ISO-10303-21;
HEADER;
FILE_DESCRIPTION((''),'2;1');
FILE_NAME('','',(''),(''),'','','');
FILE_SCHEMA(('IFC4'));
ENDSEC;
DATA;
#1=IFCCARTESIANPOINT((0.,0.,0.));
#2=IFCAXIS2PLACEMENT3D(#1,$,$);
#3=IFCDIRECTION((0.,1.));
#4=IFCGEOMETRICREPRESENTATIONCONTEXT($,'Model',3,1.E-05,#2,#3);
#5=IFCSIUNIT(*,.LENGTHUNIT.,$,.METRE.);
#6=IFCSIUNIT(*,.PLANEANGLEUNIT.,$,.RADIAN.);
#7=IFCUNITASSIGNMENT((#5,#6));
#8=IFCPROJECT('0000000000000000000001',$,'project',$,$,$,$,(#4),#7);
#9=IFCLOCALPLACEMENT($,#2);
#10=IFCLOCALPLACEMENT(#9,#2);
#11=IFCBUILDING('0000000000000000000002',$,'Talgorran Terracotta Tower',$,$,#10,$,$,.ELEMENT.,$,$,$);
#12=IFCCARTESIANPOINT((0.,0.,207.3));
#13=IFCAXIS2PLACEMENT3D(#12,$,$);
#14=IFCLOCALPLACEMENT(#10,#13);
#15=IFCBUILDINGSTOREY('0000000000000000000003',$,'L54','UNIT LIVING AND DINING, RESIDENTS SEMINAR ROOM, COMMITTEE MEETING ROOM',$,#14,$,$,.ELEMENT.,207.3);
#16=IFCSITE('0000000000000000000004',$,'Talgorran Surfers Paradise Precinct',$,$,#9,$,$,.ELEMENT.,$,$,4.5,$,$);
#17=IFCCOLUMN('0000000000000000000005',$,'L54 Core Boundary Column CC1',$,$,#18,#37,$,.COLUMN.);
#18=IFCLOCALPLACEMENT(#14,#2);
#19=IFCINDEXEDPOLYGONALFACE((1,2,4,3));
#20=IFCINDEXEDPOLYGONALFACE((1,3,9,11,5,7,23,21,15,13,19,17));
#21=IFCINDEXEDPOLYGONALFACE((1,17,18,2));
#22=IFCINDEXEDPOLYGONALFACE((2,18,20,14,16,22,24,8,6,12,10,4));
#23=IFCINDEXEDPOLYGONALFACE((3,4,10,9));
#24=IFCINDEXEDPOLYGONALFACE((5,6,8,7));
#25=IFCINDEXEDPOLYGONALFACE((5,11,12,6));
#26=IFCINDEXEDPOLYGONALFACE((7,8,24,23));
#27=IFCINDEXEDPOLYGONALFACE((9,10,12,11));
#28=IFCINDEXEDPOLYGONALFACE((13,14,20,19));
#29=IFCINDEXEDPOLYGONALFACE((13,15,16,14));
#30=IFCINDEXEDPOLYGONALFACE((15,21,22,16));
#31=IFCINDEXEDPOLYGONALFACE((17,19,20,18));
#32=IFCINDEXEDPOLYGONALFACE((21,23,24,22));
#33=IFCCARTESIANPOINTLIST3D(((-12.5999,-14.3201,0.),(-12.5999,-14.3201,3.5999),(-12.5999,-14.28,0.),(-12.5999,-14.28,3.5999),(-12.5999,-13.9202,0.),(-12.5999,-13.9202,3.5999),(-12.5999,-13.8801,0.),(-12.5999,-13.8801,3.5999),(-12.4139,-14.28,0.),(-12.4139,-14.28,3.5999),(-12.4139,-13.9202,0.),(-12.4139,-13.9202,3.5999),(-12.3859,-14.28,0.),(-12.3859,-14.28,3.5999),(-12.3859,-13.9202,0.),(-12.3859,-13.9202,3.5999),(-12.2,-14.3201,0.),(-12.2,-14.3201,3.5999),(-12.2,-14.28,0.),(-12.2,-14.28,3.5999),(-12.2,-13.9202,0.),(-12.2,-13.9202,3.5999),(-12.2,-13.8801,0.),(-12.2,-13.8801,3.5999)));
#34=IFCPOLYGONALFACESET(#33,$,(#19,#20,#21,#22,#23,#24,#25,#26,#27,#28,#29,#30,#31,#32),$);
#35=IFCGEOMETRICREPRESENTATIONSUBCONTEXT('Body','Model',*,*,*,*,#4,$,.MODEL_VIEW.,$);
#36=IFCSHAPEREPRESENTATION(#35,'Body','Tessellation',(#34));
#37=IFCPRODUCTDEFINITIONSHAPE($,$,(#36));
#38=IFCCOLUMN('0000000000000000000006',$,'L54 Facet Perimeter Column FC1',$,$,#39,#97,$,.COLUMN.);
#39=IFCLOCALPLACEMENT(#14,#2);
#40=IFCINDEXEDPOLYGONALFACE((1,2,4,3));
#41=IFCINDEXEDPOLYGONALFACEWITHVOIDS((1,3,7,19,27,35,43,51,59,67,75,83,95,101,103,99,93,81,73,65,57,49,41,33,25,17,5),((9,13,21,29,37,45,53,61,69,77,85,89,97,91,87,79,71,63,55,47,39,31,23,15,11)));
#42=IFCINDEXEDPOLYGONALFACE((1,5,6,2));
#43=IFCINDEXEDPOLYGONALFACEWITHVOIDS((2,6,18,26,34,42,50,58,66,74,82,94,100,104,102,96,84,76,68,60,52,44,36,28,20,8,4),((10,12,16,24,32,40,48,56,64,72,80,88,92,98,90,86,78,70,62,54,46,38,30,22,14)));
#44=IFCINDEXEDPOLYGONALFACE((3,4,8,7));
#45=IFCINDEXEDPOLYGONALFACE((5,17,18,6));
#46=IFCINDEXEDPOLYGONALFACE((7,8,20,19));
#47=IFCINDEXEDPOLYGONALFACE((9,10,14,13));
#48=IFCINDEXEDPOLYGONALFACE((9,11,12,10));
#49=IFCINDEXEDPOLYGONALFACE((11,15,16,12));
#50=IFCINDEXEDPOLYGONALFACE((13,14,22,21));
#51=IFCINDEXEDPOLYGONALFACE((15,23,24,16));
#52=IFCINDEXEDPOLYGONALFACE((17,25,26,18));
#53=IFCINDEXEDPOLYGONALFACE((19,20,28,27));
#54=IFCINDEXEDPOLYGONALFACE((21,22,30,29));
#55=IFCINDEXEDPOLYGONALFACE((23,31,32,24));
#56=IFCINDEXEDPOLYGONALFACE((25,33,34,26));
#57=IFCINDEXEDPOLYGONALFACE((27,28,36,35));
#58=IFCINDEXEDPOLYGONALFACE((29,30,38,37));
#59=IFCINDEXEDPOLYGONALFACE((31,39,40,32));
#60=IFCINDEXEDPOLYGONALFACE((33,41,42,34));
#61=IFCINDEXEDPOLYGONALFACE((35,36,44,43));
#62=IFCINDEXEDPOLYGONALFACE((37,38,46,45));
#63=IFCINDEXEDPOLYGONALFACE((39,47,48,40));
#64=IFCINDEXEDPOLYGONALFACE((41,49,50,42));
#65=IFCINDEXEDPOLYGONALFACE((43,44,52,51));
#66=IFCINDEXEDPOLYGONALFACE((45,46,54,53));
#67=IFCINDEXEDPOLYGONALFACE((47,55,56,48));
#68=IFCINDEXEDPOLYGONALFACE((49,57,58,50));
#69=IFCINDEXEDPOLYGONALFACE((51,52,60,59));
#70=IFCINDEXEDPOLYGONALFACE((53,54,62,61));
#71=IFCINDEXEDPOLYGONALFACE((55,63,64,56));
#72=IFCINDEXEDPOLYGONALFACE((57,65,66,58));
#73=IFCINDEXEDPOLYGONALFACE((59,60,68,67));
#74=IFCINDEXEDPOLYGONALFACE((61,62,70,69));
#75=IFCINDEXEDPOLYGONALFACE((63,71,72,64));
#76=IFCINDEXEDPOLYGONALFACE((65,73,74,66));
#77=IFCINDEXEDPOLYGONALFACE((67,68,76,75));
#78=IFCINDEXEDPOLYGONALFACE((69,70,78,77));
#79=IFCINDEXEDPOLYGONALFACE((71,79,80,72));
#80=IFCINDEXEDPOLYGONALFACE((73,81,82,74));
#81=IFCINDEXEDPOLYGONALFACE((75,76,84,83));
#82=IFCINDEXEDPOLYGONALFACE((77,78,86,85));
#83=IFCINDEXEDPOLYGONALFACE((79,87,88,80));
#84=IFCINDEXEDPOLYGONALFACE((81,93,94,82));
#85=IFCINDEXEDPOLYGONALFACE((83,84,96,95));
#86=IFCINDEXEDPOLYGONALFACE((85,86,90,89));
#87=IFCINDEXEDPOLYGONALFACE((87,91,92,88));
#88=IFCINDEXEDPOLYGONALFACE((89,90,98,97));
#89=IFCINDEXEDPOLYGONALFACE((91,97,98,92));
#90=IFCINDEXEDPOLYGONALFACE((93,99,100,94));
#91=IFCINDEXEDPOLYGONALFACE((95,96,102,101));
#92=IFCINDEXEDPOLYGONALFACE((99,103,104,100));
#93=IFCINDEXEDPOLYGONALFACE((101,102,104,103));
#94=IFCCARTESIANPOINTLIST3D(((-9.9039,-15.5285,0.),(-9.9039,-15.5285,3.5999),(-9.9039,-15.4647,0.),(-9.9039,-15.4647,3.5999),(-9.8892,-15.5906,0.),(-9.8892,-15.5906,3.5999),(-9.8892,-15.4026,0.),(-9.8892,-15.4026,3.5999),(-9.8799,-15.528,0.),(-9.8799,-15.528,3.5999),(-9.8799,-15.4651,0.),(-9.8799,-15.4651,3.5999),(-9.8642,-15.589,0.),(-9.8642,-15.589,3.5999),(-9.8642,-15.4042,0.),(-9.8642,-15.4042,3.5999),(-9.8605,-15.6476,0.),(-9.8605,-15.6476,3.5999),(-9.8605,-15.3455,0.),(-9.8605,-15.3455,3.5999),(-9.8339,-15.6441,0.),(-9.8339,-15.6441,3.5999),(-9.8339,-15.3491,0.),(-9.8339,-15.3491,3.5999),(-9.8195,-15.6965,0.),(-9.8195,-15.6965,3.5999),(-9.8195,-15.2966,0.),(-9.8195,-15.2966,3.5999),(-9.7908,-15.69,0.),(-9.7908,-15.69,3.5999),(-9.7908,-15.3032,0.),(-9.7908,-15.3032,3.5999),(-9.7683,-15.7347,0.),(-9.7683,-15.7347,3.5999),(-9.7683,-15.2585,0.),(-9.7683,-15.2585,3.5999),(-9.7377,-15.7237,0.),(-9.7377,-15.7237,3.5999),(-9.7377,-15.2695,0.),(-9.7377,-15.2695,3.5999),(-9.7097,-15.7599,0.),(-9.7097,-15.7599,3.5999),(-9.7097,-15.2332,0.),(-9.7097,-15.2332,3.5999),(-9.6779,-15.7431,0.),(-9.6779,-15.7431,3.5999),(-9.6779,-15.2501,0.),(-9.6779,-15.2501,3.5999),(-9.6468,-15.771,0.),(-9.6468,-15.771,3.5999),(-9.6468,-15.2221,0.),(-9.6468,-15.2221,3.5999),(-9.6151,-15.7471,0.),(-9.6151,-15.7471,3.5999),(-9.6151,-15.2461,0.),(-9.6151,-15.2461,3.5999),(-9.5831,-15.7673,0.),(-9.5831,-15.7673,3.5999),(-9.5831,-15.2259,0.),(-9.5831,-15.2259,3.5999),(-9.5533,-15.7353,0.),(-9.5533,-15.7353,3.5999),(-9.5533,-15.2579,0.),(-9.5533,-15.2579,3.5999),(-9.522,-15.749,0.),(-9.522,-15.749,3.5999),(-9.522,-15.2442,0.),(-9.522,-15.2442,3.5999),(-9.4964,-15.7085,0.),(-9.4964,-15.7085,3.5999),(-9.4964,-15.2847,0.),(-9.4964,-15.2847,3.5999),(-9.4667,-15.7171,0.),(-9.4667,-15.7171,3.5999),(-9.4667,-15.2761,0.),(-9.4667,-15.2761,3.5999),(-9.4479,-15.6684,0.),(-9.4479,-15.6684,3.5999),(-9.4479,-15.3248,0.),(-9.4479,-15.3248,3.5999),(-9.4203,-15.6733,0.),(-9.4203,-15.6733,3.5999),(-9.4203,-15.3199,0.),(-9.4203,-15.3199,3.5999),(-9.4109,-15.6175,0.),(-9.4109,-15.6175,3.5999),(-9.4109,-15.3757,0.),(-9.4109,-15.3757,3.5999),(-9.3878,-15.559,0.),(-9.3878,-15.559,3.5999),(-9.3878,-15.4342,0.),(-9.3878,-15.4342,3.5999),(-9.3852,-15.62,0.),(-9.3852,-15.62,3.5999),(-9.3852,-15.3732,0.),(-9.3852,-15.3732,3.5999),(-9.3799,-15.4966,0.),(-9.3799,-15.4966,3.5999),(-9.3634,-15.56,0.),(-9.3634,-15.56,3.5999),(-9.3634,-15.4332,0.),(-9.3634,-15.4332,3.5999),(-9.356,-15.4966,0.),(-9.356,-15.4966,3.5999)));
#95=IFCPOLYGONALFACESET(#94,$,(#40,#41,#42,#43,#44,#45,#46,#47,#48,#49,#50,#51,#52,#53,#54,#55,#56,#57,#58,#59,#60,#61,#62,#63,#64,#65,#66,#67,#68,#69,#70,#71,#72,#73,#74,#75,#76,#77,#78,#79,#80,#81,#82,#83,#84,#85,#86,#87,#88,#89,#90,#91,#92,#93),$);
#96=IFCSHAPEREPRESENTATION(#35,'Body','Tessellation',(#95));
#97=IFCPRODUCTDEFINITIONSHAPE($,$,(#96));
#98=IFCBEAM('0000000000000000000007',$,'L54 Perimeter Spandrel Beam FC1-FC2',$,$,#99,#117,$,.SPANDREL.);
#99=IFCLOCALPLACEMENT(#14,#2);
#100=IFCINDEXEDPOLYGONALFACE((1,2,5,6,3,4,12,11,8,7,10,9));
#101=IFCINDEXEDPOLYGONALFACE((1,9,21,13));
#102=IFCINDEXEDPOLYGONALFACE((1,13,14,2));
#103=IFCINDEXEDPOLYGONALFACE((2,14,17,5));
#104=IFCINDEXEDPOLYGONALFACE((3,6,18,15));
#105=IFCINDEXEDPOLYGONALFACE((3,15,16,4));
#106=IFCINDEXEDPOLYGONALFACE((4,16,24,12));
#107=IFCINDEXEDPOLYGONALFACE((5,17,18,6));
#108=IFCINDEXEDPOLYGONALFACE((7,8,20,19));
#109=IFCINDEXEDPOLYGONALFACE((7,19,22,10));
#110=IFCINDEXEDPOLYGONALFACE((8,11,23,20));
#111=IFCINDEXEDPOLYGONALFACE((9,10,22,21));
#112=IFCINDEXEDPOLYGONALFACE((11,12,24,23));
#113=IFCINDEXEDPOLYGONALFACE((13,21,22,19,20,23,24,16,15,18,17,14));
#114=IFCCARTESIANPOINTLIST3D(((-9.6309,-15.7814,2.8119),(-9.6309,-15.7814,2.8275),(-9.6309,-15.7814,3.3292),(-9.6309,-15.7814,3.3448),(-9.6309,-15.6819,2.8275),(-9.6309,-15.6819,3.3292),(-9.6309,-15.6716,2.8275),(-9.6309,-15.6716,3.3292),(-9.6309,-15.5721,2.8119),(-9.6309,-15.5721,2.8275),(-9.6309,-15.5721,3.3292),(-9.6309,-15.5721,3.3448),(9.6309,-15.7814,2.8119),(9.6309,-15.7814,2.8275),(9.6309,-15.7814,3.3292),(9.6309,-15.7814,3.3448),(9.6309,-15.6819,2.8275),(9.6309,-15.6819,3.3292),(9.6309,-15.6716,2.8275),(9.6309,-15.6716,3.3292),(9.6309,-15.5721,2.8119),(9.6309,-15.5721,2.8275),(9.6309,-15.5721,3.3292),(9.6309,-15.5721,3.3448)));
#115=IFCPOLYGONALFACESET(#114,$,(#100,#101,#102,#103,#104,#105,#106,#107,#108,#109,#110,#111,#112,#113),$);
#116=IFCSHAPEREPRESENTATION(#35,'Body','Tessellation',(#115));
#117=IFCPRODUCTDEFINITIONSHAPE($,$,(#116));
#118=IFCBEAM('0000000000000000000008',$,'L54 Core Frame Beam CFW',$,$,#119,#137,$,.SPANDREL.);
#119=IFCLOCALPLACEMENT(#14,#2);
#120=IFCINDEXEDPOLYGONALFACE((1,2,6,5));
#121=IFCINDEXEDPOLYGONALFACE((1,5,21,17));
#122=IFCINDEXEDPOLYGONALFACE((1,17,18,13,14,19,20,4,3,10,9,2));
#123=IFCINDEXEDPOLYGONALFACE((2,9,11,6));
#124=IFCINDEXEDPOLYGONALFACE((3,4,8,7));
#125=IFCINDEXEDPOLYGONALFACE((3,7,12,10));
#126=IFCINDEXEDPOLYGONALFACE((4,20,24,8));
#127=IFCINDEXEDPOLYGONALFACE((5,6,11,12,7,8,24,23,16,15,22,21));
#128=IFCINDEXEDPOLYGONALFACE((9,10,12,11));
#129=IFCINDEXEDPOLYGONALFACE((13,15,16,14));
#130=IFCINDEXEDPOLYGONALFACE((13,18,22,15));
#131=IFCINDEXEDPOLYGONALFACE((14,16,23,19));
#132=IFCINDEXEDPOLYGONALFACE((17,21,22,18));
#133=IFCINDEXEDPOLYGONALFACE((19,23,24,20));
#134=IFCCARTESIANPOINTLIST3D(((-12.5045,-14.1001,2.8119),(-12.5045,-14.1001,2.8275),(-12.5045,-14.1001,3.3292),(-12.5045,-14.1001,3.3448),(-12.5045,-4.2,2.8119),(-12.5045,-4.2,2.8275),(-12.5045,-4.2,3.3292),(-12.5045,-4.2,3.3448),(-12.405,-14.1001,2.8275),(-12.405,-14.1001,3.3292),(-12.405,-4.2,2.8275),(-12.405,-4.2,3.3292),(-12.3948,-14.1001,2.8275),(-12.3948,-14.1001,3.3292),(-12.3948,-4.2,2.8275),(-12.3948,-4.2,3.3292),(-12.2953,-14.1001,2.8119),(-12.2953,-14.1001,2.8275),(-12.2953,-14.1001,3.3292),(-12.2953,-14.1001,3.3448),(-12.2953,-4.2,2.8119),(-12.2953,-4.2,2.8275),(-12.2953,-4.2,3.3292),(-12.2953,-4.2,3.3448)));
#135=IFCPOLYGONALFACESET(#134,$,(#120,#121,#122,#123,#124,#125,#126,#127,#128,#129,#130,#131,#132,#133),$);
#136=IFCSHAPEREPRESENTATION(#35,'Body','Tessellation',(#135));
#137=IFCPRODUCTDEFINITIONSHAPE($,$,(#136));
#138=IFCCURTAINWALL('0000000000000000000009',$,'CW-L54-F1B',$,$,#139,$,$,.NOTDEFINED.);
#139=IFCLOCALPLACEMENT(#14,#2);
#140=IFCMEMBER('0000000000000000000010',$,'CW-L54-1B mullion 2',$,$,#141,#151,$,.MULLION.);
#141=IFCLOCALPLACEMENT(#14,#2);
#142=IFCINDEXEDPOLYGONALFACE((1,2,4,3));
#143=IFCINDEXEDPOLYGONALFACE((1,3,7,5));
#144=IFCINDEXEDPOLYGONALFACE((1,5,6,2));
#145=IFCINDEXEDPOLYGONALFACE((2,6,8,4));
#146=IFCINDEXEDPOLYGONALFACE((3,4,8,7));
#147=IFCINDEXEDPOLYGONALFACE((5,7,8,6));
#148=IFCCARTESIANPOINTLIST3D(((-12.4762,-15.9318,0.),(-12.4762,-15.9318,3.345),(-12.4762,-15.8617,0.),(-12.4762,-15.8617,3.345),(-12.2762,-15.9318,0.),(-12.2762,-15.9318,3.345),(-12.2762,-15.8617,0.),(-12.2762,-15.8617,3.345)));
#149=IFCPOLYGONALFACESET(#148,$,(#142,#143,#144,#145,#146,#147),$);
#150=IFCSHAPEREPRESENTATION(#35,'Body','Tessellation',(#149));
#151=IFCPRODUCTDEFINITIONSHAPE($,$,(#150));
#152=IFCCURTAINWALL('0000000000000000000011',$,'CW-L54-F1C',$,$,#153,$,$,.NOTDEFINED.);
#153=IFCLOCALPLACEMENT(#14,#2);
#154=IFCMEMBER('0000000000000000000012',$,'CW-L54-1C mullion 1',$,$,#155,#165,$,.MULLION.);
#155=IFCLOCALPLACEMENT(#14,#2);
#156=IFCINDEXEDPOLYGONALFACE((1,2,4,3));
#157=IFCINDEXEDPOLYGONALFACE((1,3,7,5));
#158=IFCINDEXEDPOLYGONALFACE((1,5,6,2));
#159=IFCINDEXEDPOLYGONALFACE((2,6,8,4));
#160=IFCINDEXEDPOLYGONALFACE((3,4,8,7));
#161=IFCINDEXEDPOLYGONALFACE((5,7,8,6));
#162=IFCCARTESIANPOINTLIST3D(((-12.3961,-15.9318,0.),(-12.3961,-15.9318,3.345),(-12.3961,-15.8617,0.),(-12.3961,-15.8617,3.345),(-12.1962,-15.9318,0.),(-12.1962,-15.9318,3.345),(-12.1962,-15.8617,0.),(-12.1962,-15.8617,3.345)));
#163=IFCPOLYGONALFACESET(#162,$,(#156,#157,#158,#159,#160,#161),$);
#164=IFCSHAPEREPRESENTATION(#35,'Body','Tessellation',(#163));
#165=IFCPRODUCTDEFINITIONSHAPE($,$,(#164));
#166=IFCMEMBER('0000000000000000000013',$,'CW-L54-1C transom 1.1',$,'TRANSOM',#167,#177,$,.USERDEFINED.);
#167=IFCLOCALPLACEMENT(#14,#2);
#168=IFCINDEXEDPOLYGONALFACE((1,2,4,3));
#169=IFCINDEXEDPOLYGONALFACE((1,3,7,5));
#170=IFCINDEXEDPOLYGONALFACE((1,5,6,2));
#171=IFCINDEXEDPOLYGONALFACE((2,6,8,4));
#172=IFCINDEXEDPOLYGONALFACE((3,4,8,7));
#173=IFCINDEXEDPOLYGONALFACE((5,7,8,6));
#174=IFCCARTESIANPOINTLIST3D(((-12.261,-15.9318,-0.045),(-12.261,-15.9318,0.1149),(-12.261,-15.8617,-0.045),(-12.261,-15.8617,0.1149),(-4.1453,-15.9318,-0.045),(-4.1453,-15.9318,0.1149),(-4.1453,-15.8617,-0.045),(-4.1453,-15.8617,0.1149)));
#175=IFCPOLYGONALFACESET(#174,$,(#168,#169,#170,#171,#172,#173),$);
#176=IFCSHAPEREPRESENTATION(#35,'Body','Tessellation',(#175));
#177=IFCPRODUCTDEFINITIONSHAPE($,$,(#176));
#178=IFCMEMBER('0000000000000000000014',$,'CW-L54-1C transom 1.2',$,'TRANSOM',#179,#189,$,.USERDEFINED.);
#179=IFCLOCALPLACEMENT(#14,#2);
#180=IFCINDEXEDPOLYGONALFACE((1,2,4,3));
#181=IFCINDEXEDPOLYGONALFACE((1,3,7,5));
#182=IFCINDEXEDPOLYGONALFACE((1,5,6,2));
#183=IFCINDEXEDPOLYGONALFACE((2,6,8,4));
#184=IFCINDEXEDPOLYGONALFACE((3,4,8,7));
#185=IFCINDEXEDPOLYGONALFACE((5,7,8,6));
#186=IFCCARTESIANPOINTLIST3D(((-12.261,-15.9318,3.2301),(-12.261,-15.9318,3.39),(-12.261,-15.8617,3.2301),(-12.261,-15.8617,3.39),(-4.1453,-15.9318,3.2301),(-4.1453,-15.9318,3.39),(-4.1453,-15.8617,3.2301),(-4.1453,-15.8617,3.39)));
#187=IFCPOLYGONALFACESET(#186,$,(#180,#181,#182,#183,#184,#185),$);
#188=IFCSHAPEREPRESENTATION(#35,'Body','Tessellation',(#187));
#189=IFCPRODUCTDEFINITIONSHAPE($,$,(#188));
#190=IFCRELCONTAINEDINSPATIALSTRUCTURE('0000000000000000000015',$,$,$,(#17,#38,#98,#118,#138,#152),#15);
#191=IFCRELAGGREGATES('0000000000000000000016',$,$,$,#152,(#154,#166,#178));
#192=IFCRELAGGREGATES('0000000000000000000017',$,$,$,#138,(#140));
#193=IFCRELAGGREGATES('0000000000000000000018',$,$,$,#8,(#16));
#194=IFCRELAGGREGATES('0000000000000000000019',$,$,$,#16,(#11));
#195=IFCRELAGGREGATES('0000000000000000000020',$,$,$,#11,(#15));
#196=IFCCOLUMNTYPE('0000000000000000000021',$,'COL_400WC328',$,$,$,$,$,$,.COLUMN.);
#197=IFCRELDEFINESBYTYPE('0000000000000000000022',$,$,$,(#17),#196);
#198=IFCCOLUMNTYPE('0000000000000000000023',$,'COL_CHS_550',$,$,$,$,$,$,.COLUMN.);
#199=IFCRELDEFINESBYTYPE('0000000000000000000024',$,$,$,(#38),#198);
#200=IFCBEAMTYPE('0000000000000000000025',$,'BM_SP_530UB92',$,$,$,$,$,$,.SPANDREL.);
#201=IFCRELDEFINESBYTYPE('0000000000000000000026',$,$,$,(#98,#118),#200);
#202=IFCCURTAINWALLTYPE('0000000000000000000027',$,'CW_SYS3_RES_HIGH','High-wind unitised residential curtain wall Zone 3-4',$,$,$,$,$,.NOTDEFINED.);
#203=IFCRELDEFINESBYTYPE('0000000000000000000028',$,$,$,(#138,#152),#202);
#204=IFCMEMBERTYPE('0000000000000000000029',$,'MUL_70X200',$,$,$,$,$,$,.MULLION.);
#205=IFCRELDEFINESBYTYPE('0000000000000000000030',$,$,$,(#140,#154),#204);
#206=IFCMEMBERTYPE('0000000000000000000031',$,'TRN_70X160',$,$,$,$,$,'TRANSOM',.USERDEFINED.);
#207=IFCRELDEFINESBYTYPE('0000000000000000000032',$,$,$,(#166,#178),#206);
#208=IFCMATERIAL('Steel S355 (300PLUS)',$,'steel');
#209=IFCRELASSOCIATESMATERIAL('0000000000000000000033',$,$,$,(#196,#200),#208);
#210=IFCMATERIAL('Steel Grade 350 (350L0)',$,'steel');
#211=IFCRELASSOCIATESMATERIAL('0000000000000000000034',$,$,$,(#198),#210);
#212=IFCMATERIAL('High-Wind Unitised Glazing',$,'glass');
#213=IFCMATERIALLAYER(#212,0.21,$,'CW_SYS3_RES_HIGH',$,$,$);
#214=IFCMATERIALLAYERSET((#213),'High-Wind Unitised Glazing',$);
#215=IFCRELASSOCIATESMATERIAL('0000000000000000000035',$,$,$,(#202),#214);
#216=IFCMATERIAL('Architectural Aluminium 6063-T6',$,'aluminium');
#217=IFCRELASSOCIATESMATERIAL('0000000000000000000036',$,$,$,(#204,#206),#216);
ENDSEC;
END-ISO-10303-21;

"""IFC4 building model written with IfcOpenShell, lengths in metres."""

from ifc_helpers import new_model, si_unit, direction, frame, origin, origin_2d, place, context, subcontext, project, spatial, rectangle, hollow_circle, i_section, extrude, material, layer, layer_set, material_profile, profile_set, type_object, element, aggregate, save


model = new_model("IFC4")

# Units and contexts
model_context = context("Model", 3, precision=1e-05, world=origin(), true_north=direction((0.0, 1.0)))
body_context = subcontext(model_context, "Body", "Model", "MODEL_VIEW")
ifc_project = project(units=[si_unit("LENGTHUNIT", "METRE"), si_unit("PLANEANGLEUNIT", "RADIAN")], contexts=[model_context])

# Site, building, storey
site_placement = place(None, origin())
site = spatial("IfcSite", under=ifc_project, at=site_placement, Name="Talgorran Surfers Paradise Precinct", CompositionType="ELEMENT", RefElevation=4.5)
building_placement = place(site_placement, origin())
building = spatial("IfcBuilding", under=site, at=building_placement, Name="Talgorran Terracotta Tower", CompositionType="ELEMENT")
storey_placement = place(building_placement, frame((0.0, 0.0, 207.3)))
storey = spatial("IfcBuildingStorey", under=building, at=storey_placement, Name="L54", Description="UNIT LIVING AND DINING, RESIDENTS SEMINAR ROOM, COMMITTEE MEETING ROOM", CompositionType="ELEMENT", Elevation=207.3)

# Columns
ifc_material_1 = material(Name="Steel S355 (300PLUS)", Category="steel")
ifc_material_profile_1 = material_profile(ifc_material_1, i_section(OverallWidth=0.3999, OverallDepth=0.4399, WebThickness=0.0281, FlangeThickness=0.04, at=origin_2d()), Name="400WC328")
ifc_profile_set_1 = profile_set([ifc_material_profile_1], Name="Steel S355 (300PLUS)")
column_type_1 = type_object("IfcColumnType", Name="COL_400WC328", PredefinedType="COLUMN", material=ifc_profile_set_1)
column_1_placement = place(storey_placement, frame((-12.3999, -14.1001, 0.0), z_axis=(0.0, 0.0, 1.0), x_axis=(1.0, 0.0, 0.0)))
element("IfcColumn", 1, at=column_1_placement, inside=storey, type_object=column_type_1, Name="L54 Core Boundary Column CC1", PredefinedType="COLUMN", context=body_context, shape_type="SweptSolid", body=[
    extrude(i_section(OverallWidth=0.3999, OverallDepth=0.4399, WebThickness=0.0281, FlangeThickness=0.04, at=origin_2d()), origin(), (0.0, 0.0, 1.0), 3.5999),
])
ifc_material_2 = material(Name="Steel Grade 350 (350L0)", Category="steel")
ifc_material_profile_2 = material_profile(ifc_material_2, hollow_circle(Radius=0.2749, WallThickness=0.0239, at=origin_2d()), Name="CHS550X24")
ifc_profile_set_2 = profile_set([ifc_material_profile_2], Name="Steel Grade 350 (350L0)")
column_type_2 = type_object("IfcColumnType", Name="COL_CHS_550", PredefinedType="COLUMN", material=ifc_profile_set_2)
column_2_placement = place(storey_placement, frame((-9.6309, -15.4966, 0.0), z_axis=(0.0, 0.0, 1.0), x_axis=(1.0, 0.0, 0.0)))
element("IfcColumn", 2, at=column_2_placement, inside=storey, type_object=column_type_2, Name="L54 Facet Perimeter Column FC1", PredefinedType="COLUMN", context=body_context, shape_type="SweptSolid", body=[
    extrude(hollow_circle(Radius=0.2749, WallThickness=0.0239, at=origin_2d()), origin(), (0.0, 0.0, 1.0), 3.5999),
])

# Beams
ifc_material_profile_3 = material_profile(ifc_material_1, i_section(OverallWidth=0.2092, OverallDepth=0.533, WebThickness=0.0103, FlangeThickness=0.0156, at=origin_2d()), Name="530UB92.4")
ifc_profile_set_3 = profile_set([ifc_material_profile_3], Name="Steel S355 (300PLUS)")
beam_type = type_object("IfcBeamType", Name="BM_SP_530UB92", PredefinedType="SPANDREL", material=ifc_profile_set_3)
beam_1_placement = place(storey_placement, frame((-9.6309, -15.6768, 3.0784), z_axis=(1.0, 0.0, 0.0), x_axis=(0.0, 1.0, 0.0)))
element("IfcBeam", 3, at=beam_1_placement, inside=storey, type_object=beam_type, Name="L54 Perimeter Spandrel Beam FC1-FC2", PredefinedType="SPANDREL", context=body_context, shape_type="SweptSolid", body=[
    extrude(i_section(OverallWidth=0.2092, OverallDepth=0.533, WebThickness=0.0103, FlangeThickness=0.0156, at=origin_2d()), origin(), (0.0, 0.0, 1.0), 19.2617),
])
beam_2_placement = place(storey_placement, frame((-12.3999, -14.1001, 3.0784), z_axis=(0.0, 1.0, 0.0), x_axis=(-1.0, 0.0, 0.0)))
element("IfcBeam", 4, at=beam_2_placement, inside=storey, type_object=beam_type, Name="L54 Core Frame Beam CFW", PredefinedType="SPANDREL", context=body_context, shape_type="SweptSolid", body=[
    extrude(i_section(OverallWidth=0.2092, OverallDepth=0.533, WebThickness=0.0103, FlangeThickness=0.0156, at=origin_2d()), origin(), (0.0, 0.0, 1.0), 9.9001),
])

# Curtain wall, member
ifc_material_3 = material(Name="High-Wind Unitised Glazing", Category="glass")
ifc_layer_1 = layer(ifc_material_3, 0.21, Name="CW_SYS3_RES_HIGH")
ifc_layer_set_1 = layer_set([ifc_layer_1], Name="High-Wind Unitised Glazing")
curtain_wall_type = type_object("IfcCurtainWallType", Name="CW_SYS3_RES_HIGH", Description="High-wind unitised residential curtain wall Zone 3-4", PredefinedType="NOTDEFINED", material=ifc_layer_set_1)
curtain_wall_1_placement = place(storey_placement, origin())
curtain_wall_1 = element("IfcCurtainWall", 5, at=curtain_wall_1_placement, inside=storey, type_object=curtain_wall_type, Name="CW-L54-F1B", PredefinedType="NOTDEFINED")
ifc_material_4 = material(Name="Architectural Aluminium 6063-T6", Category="aluminium")
ifc_material_profile_4 = material_profile(ifc_material_4, rectangle(XDim=0.0701, YDim=0.2, at=origin_2d()), Name="CWM70X200")
ifc_profile_set_4 = profile_set([ifc_material_profile_4], Name="Architectural Aluminium 6063-T6")
member_type_1 = type_object("IfcMemberType", Name="MUL_70X200", PredefinedType="MULLION", material=ifc_profile_set_4)
member_1_placement = place(storey_placement, frame((-12.3762, -15.8967, 0.0), z_axis=(0.0, 0.0, 1.0), x_axis=(0.0, 1.0, 0.0)))
member_1 = element("IfcMember", 6, at=member_1_placement, type_object=member_type_1, Name="CW-L54-1B mullion 2", PredefinedType="MULLION", context=body_context, shape_type="SweptSolid", body=[
    extrude(rectangle(XDim=0.0701, YDim=0.2, at=origin_2d()), origin(), (0.0, 0.0, 1.0), 3.345),
])

# Curtain wall, members
curtain_wall_2_placement = place(storey_placement, origin())
curtain_wall_2 = element("IfcCurtainWall", 7, at=curtain_wall_2_placement, inside=storey, type_object=curtain_wall_type, Name="CW-L54-F1C", PredefinedType="NOTDEFINED")
member_2_placement = place(storey_placement, frame((-12.2961, -15.8967, 0.0), z_axis=(0.0, 0.0, 1.0), x_axis=(0.0, 1.0, 0.0)))
member_2 = element("IfcMember", 8, at=member_2_placement, type_object=member_type_1, Name="CW-L54-1C mullion 1", PredefinedType="MULLION", context=body_context, shape_type="SweptSolid", body=[
    extrude(rectangle(XDim=0.0701, YDim=0.2, at=origin_2d()), origin(), (0.0, 0.0, 1.0), 3.345),
])
ifc_material_profile_5 = material_profile(ifc_material_4, rectangle(XDim=0.0701, YDim=0.1599, at=origin_2d()), Name="CWT70X160")
ifc_profile_set_5 = profile_set([ifc_material_profile_5], Name="Architectural Aluminium 6063-T6")
member_type_2 = type_object("IfcMemberType", Name="TRN_70X160", ElementType="TRANSOM", PredefinedType="USERDEFINED", material=ifc_profile_set_5)
member_3_placement = place(storey_placement, frame((-12.261, -15.8967, 0.0349), z_axis=(1.0, 0.0, 0.0), x_axis=(0.0, 1.0, 0.0)))
member_3 = element("IfcMember", 9, at=member_3_placement, type_object=member_type_2, Name="CW-L54-1C transom 1.1", ObjectType="TRANSOM", PredefinedType="USERDEFINED", context=body_context, shape_type="SweptSolid", body=[
    extrude(rectangle(XDim=0.0701, YDim=0.1599, at=origin_2d()), origin(), (0.0, 0.0, 1.0), 8.1157),
])
member_4_placement = place(storey_placement, frame((-12.261, -15.8967, 3.3101), z_axis=(1.0, 0.0, 0.0), x_axis=(0.0, 1.0, 0.0)))
member_4 = element("IfcMember", 10, at=member_4_placement, type_object=member_type_2, Name="CW-L54-1C transom 1.2", ObjectType="TRANSOM", PredefinedType="USERDEFINED", context=body_context, shape_type="SweptSolid", body=[
    extrude(rectangle(XDim=0.0701, YDim=0.1599, at=origin_2d()), origin(), (0.0, 0.0, 1.0), 8.1157),
])
aggregate(curtain_wall_2, [member_2, member_3, member_4])

aggregate(curtain_wall_1, [member_1])

save(model, "model.ifc")
